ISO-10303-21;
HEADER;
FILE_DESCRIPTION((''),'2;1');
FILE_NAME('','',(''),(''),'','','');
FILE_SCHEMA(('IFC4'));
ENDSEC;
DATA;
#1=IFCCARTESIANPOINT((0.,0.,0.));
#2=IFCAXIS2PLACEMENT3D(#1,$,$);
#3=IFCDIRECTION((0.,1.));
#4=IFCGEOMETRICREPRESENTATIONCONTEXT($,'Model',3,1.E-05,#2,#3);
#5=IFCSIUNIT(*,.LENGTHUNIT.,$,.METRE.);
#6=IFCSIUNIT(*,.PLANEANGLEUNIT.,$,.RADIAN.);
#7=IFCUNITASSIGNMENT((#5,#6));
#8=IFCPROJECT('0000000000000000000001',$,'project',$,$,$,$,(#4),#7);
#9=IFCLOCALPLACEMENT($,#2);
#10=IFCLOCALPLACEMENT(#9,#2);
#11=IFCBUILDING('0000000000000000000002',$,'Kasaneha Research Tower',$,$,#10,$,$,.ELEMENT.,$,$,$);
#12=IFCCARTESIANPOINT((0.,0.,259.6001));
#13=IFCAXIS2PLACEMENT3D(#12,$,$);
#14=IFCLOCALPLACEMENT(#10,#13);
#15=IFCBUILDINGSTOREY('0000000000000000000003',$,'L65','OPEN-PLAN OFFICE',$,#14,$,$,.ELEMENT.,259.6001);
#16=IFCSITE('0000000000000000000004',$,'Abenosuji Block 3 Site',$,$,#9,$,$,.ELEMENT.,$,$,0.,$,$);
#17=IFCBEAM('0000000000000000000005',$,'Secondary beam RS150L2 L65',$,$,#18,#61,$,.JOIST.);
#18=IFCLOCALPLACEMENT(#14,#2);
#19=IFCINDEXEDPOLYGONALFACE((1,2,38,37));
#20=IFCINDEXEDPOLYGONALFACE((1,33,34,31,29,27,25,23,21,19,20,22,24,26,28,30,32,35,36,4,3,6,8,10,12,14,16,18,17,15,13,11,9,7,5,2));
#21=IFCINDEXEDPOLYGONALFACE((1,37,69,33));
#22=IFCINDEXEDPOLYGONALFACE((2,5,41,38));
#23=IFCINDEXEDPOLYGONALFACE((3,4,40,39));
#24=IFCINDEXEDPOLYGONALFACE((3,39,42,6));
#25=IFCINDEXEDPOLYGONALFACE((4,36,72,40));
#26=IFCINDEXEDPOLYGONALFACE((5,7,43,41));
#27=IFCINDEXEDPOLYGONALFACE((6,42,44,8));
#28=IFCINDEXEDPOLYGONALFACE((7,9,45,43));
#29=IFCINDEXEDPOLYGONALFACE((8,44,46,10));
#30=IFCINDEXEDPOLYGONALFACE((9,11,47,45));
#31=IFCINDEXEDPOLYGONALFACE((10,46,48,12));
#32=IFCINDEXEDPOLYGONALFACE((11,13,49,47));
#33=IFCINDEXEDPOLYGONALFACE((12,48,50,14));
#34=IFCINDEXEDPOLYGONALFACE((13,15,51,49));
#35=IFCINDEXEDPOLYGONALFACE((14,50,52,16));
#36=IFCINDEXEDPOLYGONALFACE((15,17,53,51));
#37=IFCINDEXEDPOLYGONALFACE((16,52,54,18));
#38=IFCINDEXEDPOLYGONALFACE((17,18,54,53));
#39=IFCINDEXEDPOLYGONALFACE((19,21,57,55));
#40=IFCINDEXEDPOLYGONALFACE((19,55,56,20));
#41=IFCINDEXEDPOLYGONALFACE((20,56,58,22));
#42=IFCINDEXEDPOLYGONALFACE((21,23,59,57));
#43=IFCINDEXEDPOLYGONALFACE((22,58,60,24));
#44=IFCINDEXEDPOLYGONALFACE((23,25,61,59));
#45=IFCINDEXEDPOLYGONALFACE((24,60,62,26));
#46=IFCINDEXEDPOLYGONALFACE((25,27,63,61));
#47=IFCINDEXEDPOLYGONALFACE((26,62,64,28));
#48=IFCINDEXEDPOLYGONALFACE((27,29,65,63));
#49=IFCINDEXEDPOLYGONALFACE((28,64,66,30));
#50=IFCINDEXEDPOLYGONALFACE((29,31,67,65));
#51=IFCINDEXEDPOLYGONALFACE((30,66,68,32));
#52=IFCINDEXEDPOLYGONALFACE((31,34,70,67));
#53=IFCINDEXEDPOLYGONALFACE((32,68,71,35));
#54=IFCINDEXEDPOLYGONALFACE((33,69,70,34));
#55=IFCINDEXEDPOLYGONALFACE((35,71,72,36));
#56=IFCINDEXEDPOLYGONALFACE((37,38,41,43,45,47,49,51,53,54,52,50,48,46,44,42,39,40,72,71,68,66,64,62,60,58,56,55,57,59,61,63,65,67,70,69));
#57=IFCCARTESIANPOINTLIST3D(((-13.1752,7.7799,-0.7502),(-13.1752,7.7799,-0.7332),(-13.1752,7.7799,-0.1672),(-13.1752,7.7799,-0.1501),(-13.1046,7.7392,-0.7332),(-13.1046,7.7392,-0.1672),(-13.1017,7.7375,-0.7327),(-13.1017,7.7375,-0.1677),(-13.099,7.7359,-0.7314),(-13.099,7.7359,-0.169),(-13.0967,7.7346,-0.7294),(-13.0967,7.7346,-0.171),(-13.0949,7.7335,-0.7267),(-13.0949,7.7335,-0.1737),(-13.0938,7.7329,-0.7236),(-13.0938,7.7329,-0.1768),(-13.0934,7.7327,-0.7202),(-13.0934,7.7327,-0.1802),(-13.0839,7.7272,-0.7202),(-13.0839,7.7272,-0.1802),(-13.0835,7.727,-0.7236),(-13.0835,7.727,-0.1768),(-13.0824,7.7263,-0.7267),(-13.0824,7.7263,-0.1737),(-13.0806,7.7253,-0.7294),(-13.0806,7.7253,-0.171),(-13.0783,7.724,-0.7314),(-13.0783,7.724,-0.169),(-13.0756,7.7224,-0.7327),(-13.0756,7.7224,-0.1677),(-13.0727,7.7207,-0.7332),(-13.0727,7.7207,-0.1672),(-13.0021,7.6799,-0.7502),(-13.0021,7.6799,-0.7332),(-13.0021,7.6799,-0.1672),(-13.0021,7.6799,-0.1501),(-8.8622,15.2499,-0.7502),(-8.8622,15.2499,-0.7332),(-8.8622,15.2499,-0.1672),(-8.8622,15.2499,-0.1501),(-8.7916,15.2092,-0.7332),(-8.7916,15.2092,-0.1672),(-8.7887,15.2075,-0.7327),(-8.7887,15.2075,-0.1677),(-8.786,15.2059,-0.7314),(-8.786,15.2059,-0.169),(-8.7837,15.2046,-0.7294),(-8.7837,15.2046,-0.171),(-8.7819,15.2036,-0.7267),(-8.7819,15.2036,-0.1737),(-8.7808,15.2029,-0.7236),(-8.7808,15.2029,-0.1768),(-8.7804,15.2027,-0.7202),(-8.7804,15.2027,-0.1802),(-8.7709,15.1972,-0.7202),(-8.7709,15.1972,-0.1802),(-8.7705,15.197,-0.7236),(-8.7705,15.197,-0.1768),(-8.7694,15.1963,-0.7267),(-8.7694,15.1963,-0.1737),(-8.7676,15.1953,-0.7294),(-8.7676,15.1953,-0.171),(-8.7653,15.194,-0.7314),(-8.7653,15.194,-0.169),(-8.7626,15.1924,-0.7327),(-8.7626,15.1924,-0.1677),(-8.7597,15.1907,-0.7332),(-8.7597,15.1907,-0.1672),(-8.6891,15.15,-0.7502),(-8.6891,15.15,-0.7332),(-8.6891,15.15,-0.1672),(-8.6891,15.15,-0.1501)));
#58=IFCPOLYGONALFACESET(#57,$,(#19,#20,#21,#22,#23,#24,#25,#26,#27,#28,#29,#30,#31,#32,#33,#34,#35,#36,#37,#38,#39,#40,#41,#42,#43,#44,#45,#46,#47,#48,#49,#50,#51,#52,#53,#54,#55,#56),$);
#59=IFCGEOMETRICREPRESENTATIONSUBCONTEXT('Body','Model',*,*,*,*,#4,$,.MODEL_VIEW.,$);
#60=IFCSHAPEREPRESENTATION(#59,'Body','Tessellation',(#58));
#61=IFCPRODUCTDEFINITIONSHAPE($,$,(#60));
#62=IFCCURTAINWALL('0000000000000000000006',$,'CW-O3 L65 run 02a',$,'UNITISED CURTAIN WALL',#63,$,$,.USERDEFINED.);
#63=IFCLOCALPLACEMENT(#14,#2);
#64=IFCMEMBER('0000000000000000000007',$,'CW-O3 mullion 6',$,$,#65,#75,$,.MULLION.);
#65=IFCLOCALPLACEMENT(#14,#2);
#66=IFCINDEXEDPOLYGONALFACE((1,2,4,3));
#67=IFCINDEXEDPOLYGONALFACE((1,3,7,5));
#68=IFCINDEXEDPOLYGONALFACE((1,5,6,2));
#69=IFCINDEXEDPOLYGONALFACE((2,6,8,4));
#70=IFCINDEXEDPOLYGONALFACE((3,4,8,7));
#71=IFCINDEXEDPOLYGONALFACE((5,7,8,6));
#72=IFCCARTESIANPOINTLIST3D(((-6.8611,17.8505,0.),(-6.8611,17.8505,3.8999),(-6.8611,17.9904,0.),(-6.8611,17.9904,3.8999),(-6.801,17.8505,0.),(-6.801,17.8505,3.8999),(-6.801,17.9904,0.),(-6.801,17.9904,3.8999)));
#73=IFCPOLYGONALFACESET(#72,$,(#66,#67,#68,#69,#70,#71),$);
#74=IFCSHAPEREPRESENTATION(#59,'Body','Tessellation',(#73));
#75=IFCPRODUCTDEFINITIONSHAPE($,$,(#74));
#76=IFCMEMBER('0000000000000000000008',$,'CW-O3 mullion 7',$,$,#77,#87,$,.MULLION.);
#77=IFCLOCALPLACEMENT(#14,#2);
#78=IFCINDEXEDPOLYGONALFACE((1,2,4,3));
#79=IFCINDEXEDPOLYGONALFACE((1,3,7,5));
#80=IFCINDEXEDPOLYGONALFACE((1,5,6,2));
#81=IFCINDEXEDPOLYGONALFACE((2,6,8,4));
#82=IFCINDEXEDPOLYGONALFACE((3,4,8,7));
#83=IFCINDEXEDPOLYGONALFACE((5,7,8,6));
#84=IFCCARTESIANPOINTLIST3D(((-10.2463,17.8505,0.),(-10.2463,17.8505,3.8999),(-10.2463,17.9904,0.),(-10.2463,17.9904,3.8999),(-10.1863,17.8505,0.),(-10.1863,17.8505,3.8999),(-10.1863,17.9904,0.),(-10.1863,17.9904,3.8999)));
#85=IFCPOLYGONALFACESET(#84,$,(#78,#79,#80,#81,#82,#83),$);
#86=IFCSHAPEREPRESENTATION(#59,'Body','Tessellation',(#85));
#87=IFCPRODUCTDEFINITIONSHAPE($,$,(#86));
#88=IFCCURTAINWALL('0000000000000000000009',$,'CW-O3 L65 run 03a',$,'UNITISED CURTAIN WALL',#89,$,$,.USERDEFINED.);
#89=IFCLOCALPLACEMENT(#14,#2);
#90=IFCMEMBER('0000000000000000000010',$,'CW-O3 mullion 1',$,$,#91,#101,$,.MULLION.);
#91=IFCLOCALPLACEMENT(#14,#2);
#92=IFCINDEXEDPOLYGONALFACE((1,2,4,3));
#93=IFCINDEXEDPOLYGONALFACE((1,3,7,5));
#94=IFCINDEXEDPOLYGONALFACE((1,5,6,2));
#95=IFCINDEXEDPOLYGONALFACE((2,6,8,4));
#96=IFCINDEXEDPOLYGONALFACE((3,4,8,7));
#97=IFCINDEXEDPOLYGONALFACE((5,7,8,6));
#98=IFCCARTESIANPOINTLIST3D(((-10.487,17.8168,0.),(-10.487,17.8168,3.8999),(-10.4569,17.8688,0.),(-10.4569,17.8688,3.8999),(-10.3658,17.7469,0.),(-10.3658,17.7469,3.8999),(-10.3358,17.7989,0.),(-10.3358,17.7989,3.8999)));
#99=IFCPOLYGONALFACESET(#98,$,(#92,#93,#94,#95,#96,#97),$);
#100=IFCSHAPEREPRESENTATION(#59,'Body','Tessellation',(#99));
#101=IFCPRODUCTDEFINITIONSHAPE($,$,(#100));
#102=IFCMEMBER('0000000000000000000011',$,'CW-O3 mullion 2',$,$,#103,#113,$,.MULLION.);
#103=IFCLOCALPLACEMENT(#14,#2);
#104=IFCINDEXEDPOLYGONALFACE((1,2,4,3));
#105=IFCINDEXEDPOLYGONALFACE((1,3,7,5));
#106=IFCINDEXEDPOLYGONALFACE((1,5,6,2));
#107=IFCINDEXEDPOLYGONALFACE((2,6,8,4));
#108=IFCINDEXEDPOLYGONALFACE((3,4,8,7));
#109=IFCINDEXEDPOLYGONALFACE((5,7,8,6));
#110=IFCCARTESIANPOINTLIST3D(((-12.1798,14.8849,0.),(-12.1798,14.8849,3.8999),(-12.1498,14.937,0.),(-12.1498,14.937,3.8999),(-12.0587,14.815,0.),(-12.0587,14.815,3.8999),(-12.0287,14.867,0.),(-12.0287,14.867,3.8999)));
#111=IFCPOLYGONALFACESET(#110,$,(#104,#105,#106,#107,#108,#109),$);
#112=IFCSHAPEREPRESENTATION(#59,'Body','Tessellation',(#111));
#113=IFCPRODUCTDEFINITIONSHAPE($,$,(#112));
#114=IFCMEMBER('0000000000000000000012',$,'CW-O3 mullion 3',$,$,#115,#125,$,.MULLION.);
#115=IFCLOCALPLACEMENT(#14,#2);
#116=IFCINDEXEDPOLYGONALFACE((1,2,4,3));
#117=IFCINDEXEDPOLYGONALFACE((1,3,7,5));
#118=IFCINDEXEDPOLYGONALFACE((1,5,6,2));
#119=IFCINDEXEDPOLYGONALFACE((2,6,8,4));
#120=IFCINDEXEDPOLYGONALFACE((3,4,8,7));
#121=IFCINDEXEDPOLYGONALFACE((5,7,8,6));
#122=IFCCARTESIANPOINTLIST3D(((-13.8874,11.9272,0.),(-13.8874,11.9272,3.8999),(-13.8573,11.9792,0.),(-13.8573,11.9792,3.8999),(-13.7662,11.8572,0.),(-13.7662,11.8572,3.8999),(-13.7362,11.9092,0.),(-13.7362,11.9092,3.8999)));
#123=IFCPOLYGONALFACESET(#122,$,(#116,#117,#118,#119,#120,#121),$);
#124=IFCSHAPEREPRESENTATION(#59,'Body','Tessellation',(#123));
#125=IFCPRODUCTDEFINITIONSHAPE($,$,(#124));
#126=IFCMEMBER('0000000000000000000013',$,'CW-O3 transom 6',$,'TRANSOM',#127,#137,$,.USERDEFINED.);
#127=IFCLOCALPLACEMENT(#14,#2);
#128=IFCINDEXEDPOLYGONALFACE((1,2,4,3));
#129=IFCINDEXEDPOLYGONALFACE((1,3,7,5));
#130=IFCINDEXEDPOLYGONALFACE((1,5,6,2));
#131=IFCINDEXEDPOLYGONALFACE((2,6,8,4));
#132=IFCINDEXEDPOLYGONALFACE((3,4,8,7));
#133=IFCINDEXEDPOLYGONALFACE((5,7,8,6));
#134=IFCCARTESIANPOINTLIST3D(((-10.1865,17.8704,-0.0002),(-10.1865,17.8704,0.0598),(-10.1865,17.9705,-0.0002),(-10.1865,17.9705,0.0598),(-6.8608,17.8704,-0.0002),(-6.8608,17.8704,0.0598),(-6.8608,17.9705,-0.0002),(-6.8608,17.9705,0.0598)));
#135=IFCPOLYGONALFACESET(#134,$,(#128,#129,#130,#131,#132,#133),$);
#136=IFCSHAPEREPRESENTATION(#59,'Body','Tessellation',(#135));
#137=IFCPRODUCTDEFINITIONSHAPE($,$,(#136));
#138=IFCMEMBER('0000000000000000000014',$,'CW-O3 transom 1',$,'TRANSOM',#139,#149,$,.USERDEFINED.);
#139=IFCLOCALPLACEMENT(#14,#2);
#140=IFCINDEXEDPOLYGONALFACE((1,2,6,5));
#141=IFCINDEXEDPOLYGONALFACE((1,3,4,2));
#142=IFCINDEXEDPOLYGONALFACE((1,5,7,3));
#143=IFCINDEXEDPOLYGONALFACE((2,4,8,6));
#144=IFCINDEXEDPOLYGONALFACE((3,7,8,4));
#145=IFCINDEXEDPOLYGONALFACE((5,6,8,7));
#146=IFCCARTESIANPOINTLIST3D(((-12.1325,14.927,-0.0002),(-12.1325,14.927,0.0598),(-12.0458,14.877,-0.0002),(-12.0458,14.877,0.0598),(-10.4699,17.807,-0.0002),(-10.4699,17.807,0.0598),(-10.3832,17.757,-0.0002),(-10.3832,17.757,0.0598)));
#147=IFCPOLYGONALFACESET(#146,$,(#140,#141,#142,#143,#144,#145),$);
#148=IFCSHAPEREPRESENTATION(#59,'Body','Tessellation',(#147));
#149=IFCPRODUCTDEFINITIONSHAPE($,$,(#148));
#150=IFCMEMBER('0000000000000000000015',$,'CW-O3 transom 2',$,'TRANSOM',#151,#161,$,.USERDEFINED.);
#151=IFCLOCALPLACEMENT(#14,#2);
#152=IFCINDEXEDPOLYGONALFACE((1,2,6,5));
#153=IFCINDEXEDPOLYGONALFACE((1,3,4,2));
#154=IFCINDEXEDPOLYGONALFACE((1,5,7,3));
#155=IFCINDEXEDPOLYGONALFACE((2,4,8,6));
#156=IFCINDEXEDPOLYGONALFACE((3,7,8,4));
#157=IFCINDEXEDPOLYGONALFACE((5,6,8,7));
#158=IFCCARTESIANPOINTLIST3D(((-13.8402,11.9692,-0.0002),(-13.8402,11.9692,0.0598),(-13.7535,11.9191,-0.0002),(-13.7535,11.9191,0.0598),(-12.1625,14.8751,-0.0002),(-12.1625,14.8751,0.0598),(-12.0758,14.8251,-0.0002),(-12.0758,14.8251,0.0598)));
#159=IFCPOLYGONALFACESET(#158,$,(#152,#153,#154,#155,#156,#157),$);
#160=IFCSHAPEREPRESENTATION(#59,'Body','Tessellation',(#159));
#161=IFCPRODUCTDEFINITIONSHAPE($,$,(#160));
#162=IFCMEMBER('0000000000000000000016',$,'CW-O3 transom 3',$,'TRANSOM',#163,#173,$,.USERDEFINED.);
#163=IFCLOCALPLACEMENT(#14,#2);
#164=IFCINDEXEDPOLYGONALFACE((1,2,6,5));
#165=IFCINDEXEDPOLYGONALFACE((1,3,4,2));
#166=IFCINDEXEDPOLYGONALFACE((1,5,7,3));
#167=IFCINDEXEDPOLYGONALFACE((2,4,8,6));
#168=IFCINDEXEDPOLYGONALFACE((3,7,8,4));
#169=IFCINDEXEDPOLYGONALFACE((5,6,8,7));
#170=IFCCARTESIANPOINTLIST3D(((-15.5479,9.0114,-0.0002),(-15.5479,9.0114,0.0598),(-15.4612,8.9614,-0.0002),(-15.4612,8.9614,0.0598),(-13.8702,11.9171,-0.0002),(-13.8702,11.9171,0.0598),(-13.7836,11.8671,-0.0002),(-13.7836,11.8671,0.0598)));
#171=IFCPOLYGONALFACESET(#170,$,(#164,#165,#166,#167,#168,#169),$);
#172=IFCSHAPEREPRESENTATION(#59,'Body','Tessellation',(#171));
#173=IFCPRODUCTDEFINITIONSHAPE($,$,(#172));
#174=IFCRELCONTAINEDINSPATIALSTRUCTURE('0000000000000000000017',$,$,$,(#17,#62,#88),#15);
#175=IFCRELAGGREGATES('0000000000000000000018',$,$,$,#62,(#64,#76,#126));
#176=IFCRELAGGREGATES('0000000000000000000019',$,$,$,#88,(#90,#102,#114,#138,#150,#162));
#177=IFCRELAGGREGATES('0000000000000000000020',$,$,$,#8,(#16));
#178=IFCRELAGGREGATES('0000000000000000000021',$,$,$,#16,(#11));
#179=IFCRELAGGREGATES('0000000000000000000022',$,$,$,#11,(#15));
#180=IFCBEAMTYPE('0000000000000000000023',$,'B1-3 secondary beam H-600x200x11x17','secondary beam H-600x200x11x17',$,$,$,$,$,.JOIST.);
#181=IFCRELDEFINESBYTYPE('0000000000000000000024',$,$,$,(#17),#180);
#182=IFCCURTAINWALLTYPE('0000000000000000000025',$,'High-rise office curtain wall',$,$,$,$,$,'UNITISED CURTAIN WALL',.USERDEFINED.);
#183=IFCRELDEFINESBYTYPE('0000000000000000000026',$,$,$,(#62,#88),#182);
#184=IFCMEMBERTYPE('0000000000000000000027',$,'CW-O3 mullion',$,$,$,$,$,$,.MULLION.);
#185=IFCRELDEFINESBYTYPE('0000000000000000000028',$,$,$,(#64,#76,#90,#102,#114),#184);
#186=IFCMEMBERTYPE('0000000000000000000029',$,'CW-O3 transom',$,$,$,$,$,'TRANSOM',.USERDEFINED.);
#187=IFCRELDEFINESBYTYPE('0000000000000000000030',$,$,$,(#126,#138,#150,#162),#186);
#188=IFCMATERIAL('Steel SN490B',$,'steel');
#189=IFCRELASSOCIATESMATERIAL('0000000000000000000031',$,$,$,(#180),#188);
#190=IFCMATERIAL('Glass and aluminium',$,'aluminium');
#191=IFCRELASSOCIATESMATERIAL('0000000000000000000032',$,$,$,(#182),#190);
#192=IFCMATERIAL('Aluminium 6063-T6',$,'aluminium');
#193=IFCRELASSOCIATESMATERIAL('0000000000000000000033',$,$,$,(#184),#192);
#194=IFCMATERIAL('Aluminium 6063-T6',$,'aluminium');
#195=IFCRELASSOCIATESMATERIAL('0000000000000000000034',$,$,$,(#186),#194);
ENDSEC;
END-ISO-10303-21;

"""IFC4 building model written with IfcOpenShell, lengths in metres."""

from ifc_helpers import new_model, si_unit, direction, frame, origin, origin_2d, place, context, subcontext, project, spatial, rectangle, i_section, extrude, material, material_profile, profile_set, type_object, element, aggregate, save


model = new_model("IFC4")

# Units and contexts
model_context = context("Model", 3, precision=1e-05, world=origin(), true_north=direction((0.0, 1.0)))
body_context = subcontext(model_context, "Body", "Model", "MODEL_VIEW")
ifc_project = project(units=[si_unit("LENGTHUNIT", "METRE"), si_unit("PLANEANGLEUNIT", "RADIAN")], contexts=[model_context])

# Site, building, storey
site_placement = place(None, origin())
site = spatial("IfcSite", under=ifc_project, at=site_placement, Name="Abenosuji Block 3 Site", CompositionType="ELEMENT", RefElevation=0.0)
building_placement = place(site_placement, origin())
building = spatial("IfcBuilding", under=site, at=building_placement, Name="Kasaneha Research Tower", CompositionType="ELEMENT")
storey_placement = place(building_placement, frame((0.0, 0.0, 259.6001)))
storey = spatial("IfcBuildingStorey", under=building, at=storey_placement, Name="L65", Description="OPEN-PLAN OFFICE", CompositionType="ELEMENT", Elevation=259.6001)

# Beam
ifc_material_1 = material(Name="Steel SN490B", Category="steel")
ifc_material_profile_1 = material_profile(ifc_material_1, i_section(OverallWidth=0.2, OverallDepth=0.6001, WebThickness=0.011, FlangeThickness=0.0171, FilletRadius=0.0129, at=origin_2d()), Name="H-600x200x11x17")
ifc_profile_set_1 = profile_set([ifc_material_profile_1], Name="Steel SN490B")
beam_type_1 = type_object("IfcBeamType", Name="B1-3 secondary beam H-600x200x11x17", Description="secondary beam H-600x200x11x17", PredefinedType="JOIST", material=ifc_profile_set_1)
beam_1_placement = place(storey_placement, frame((-8.7756, 15.2, -0.4502), z_axis=(-0.500017, -0.866015, 0.0), x_axis=(0.866015, -0.500017, 0.0)))
element("IfcBeam", 1, at=beam_1_placement, inside=storey, type_object=beam_type_1, Name="Secondary beam RS150L2 L65", PredefinedType="JOIST", context=body_context, shape_type="SweptSolid", body=[
    extrude(i_section(OverallWidth=0.2, OverallDepth=0.6001, WebThickness=0.011, FlangeThickness=0.0171, FilletRadius=0.0129, at=origin_2d()), origin(), (0.0, 0.0, 1.0), 8.6257),
])

# Curtain walls, members
ifc_material_2 = material(Name="Glass and aluminium", Category="aluminium")
curtain_wall_type = type_object("IfcCurtainWallType", Name="High-rise office curtain wall", ElementType="UNITISED CURTAIN WALL", PredefinedType="USERDEFINED", material=ifc_material_2)
curtain_wall_1_placement = place(storey_placement, origin())
curtain_wall_1 = element("IfcCurtainWall", 2, at=curtain_wall_1_placement, inside=storey, type_object=curtain_wall_type, Name="CW-O3 L65 run 02a", ObjectType="UNITISED CURTAIN WALL", PredefinedType="USERDEFINED")
ifc_material_3 = material(Name="Aluminium 6063-T6", Category="aluminium")
ifc_material_profile_2 = material_profile(ifc_material_3, rectangle(XDim=0.0601, YDim=0.1399, at=origin_2d()), Name="CW-O3 mullion 60x140")
ifc_profile_set_2 = profile_set([ifc_material_profile_2], Name="Aluminium 6063-T6")
member_type_1 = type_object("IfcMemberType", Name="CW-O3 mullion", PredefinedType="MULLION", material=ifc_profile_set_2)
member_1_placement = place(storey_placement, frame((-6.8311, 17.9204, 0.0), z_axis=(0.0, 0.0, 1.0), x_axis=(-1.0, 0.0, 0.0)))
member_1 = element("IfcMember", 3, at=member_1_placement, type_object=member_type_1, Name="CW-O3 mullion 6", PredefinedType="MULLION", context=body_context, shape_type="SweptSolid", body=[
    extrude(rectangle(XDim=0.0601, YDim=0.1399, at=origin_2d()), origin(), (0.0, 0.0, 1.0), 3.8999),
])
member_2_placement = place(storey_placement, frame((-10.2163, 17.9204, 0.0), z_axis=(0.0, 0.0, 1.0), x_axis=(-1.0, 0.0, 0.0)))
member_2 = element("IfcMember", 4, at=member_2_placement, type_object=member_type_1, Name="CW-O3 mullion 7", PredefinedType="MULLION", context=body_context, shape_type="SweptSolid", body=[
    extrude(rectangle(XDim=0.0601, YDim=0.1399, at=origin_2d()), origin(), (0.0, 0.0, 1.0), 3.8999),
])
curtain_wall_2_placement = place(storey_placement, origin())
curtain_wall_2 = element("IfcCurtainWall", 5, at=curtain_wall_2_placement, inside=storey, type_object=curtain_wall_type, Name="CW-O3 L65 run 03a", ObjectType="UNITISED CURTAIN WALL", PredefinedType="USERDEFINED")
member_3_placement = place(storey_placement, frame((-10.4114, 17.8079, 0.0), z_axis=(0.0, 0.0, 1.0), x_axis=(-0.5, -0.866025, 0.0)))
member_3 = element("IfcMember", 6, at=member_3_placement, type_object=member_type_1, Name="CW-O3 mullion 1", PredefinedType="MULLION", context=body_context, shape_type="SweptSolid", body=[
    extrude(rectangle(XDim=0.0601, YDim=0.1399, at=origin_2d()), origin(), (0.0, 0.0, 1.0), 3.8999),
])
member_4_placement = place(storey_placement, frame((-12.1042, 14.876, 0.0), z_axis=(0.0, 0.0, 1.0), x_axis=(-0.5, -0.866025, 0.0)))
member_4 = element("IfcMember", 7, at=member_4_placement, type_object=member_type_1, Name="CW-O3 mullion 2", PredefinedType="MULLION", context=body_context, shape_type="SweptSolid", body=[
    extrude(rectangle(XDim=0.0601, YDim=0.1399, at=origin_2d()), origin(), (0.0, 0.0, 1.0), 3.8999),
])
member_5_placement = place(storey_placement, frame((-13.8118, 11.9182, 0.0), z_axis=(0.0, 0.0, 1.0), x_axis=(-0.5, -0.866025, 0.0)))
member_5 = element("IfcMember", 8, at=member_5_placement, type_object=member_type_1, Name="CW-O3 mullion 3", PredefinedType="MULLION", context=body_context, shape_type="SweptSolid", body=[
    extrude(rectangle(XDim=0.0601, YDim=0.1399, at=origin_2d()), origin(), (0.0, 0.0, 1.0), 3.8999),
])

# Members
ifc_material_4 = material(Name="Aluminium 6063-T6", Category="aluminium")
ifc_material_profile_3 = material_profile(ifc_material_4, rectangle(XDim=0.1001, YDim=0.0601, at=origin_2d()), Name="CW-O3 transom 100x60")
ifc_profile_set_3 = profile_set([ifc_material_profile_3], Name="Aluminium 6063-T6")
member_type_2 = type_object("IfcMemberType", Name="CW-O3 transom", ElementType="TRANSOM", PredefinedType="USERDEFINED", material=ifc_profile_set_3)
member_6_placement = place(storey_placement, frame((-6.8608, 17.9204, 0.0298), z_axis=(-1.0, 0.0, 0.0), x_axis=(0.0, -1.0, 0.0)))
member_6 = element("IfcMember", 9, at=member_6_placement, type_object=member_type_2, Name="CW-O3 transom 6", ObjectType="TRANSOM", PredefinedType="USERDEFINED", context=body_context, shape_type="SweptSolid", body=[
    extrude(rectangle(XDim=0.1001, YDim=0.0601, at=origin_2d()), origin(), (0.0, 0.0, 1.0), 3.3257),
])
member_7_placement = place(storey_placement, frame((-10.4265, 17.782, 0.0298), z_axis=(-0.499977, -0.866039, 0.0), x_axis=(0.866039, -0.499977, 0.0)))
member_7 = element("IfcMember", 10, at=member_7_placement, type_object=member_type_2, Name="CW-O3 transom 1", ObjectType="TRANSOM", PredefinedType="USERDEFINED", context=body_context, shape_type="SweptSolid", body=[
    extrude(rectangle(XDim=0.1001, YDim=0.0601, at=origin_2d()), origin(), (0.0, 0.0, 1.0), 3.3254),
])
member_8_placement = place(storey_placement, frame((-12.1191, 14.8501, 0.0298), z_axis=(-0.499989, -0.866032, 0.0), x_axis=(0.866032, -0.499989, 0.0)))
member_8 = element("IfcMember", 11, at=member_8_placement, type_object=member_type_2, Name="CW-O3 transom 2", ObjectType="TRANSOM", PredefinedType="USERDEFINED", context=body_context, shape_type="SweptSolid", body=[
    extrude(rectangle(XDim=0.1001, YDim=0.0601, at=origin_2d()), origin(), (0.0, 0.0, 1.0), 3.3555),
])
member_9_placement = place(storey_placement, frame((-13.8269, 11.8921, 0.0298), z_axis=(-0.500021, -0.866014, 0.0), x_axis=(0.866014, -0.500021, 0.0)))
member_9 = element("IfcMember", 12, at=member_9_placement, type_object=member_type_2, Name="CW-O3 transom 3", ObjectType="TRANSOM", PredefinedType="USERDEFINED", context=body_context, shape_type="SweptSolid", body=[
    extrude(rectangle(XDim=0.1001, YDim=0.0601, at=origin_2d()), origin(), (0.0, 0.0, 1.0), 3.3552),
])

aggregate(curtain_wall_1, [member_1, member_2, member_6])
aggregate(curtain_wall_2, [member_3, member_4, member_5, member_7, member_8, member_9])

save(model, "model.ifc")
